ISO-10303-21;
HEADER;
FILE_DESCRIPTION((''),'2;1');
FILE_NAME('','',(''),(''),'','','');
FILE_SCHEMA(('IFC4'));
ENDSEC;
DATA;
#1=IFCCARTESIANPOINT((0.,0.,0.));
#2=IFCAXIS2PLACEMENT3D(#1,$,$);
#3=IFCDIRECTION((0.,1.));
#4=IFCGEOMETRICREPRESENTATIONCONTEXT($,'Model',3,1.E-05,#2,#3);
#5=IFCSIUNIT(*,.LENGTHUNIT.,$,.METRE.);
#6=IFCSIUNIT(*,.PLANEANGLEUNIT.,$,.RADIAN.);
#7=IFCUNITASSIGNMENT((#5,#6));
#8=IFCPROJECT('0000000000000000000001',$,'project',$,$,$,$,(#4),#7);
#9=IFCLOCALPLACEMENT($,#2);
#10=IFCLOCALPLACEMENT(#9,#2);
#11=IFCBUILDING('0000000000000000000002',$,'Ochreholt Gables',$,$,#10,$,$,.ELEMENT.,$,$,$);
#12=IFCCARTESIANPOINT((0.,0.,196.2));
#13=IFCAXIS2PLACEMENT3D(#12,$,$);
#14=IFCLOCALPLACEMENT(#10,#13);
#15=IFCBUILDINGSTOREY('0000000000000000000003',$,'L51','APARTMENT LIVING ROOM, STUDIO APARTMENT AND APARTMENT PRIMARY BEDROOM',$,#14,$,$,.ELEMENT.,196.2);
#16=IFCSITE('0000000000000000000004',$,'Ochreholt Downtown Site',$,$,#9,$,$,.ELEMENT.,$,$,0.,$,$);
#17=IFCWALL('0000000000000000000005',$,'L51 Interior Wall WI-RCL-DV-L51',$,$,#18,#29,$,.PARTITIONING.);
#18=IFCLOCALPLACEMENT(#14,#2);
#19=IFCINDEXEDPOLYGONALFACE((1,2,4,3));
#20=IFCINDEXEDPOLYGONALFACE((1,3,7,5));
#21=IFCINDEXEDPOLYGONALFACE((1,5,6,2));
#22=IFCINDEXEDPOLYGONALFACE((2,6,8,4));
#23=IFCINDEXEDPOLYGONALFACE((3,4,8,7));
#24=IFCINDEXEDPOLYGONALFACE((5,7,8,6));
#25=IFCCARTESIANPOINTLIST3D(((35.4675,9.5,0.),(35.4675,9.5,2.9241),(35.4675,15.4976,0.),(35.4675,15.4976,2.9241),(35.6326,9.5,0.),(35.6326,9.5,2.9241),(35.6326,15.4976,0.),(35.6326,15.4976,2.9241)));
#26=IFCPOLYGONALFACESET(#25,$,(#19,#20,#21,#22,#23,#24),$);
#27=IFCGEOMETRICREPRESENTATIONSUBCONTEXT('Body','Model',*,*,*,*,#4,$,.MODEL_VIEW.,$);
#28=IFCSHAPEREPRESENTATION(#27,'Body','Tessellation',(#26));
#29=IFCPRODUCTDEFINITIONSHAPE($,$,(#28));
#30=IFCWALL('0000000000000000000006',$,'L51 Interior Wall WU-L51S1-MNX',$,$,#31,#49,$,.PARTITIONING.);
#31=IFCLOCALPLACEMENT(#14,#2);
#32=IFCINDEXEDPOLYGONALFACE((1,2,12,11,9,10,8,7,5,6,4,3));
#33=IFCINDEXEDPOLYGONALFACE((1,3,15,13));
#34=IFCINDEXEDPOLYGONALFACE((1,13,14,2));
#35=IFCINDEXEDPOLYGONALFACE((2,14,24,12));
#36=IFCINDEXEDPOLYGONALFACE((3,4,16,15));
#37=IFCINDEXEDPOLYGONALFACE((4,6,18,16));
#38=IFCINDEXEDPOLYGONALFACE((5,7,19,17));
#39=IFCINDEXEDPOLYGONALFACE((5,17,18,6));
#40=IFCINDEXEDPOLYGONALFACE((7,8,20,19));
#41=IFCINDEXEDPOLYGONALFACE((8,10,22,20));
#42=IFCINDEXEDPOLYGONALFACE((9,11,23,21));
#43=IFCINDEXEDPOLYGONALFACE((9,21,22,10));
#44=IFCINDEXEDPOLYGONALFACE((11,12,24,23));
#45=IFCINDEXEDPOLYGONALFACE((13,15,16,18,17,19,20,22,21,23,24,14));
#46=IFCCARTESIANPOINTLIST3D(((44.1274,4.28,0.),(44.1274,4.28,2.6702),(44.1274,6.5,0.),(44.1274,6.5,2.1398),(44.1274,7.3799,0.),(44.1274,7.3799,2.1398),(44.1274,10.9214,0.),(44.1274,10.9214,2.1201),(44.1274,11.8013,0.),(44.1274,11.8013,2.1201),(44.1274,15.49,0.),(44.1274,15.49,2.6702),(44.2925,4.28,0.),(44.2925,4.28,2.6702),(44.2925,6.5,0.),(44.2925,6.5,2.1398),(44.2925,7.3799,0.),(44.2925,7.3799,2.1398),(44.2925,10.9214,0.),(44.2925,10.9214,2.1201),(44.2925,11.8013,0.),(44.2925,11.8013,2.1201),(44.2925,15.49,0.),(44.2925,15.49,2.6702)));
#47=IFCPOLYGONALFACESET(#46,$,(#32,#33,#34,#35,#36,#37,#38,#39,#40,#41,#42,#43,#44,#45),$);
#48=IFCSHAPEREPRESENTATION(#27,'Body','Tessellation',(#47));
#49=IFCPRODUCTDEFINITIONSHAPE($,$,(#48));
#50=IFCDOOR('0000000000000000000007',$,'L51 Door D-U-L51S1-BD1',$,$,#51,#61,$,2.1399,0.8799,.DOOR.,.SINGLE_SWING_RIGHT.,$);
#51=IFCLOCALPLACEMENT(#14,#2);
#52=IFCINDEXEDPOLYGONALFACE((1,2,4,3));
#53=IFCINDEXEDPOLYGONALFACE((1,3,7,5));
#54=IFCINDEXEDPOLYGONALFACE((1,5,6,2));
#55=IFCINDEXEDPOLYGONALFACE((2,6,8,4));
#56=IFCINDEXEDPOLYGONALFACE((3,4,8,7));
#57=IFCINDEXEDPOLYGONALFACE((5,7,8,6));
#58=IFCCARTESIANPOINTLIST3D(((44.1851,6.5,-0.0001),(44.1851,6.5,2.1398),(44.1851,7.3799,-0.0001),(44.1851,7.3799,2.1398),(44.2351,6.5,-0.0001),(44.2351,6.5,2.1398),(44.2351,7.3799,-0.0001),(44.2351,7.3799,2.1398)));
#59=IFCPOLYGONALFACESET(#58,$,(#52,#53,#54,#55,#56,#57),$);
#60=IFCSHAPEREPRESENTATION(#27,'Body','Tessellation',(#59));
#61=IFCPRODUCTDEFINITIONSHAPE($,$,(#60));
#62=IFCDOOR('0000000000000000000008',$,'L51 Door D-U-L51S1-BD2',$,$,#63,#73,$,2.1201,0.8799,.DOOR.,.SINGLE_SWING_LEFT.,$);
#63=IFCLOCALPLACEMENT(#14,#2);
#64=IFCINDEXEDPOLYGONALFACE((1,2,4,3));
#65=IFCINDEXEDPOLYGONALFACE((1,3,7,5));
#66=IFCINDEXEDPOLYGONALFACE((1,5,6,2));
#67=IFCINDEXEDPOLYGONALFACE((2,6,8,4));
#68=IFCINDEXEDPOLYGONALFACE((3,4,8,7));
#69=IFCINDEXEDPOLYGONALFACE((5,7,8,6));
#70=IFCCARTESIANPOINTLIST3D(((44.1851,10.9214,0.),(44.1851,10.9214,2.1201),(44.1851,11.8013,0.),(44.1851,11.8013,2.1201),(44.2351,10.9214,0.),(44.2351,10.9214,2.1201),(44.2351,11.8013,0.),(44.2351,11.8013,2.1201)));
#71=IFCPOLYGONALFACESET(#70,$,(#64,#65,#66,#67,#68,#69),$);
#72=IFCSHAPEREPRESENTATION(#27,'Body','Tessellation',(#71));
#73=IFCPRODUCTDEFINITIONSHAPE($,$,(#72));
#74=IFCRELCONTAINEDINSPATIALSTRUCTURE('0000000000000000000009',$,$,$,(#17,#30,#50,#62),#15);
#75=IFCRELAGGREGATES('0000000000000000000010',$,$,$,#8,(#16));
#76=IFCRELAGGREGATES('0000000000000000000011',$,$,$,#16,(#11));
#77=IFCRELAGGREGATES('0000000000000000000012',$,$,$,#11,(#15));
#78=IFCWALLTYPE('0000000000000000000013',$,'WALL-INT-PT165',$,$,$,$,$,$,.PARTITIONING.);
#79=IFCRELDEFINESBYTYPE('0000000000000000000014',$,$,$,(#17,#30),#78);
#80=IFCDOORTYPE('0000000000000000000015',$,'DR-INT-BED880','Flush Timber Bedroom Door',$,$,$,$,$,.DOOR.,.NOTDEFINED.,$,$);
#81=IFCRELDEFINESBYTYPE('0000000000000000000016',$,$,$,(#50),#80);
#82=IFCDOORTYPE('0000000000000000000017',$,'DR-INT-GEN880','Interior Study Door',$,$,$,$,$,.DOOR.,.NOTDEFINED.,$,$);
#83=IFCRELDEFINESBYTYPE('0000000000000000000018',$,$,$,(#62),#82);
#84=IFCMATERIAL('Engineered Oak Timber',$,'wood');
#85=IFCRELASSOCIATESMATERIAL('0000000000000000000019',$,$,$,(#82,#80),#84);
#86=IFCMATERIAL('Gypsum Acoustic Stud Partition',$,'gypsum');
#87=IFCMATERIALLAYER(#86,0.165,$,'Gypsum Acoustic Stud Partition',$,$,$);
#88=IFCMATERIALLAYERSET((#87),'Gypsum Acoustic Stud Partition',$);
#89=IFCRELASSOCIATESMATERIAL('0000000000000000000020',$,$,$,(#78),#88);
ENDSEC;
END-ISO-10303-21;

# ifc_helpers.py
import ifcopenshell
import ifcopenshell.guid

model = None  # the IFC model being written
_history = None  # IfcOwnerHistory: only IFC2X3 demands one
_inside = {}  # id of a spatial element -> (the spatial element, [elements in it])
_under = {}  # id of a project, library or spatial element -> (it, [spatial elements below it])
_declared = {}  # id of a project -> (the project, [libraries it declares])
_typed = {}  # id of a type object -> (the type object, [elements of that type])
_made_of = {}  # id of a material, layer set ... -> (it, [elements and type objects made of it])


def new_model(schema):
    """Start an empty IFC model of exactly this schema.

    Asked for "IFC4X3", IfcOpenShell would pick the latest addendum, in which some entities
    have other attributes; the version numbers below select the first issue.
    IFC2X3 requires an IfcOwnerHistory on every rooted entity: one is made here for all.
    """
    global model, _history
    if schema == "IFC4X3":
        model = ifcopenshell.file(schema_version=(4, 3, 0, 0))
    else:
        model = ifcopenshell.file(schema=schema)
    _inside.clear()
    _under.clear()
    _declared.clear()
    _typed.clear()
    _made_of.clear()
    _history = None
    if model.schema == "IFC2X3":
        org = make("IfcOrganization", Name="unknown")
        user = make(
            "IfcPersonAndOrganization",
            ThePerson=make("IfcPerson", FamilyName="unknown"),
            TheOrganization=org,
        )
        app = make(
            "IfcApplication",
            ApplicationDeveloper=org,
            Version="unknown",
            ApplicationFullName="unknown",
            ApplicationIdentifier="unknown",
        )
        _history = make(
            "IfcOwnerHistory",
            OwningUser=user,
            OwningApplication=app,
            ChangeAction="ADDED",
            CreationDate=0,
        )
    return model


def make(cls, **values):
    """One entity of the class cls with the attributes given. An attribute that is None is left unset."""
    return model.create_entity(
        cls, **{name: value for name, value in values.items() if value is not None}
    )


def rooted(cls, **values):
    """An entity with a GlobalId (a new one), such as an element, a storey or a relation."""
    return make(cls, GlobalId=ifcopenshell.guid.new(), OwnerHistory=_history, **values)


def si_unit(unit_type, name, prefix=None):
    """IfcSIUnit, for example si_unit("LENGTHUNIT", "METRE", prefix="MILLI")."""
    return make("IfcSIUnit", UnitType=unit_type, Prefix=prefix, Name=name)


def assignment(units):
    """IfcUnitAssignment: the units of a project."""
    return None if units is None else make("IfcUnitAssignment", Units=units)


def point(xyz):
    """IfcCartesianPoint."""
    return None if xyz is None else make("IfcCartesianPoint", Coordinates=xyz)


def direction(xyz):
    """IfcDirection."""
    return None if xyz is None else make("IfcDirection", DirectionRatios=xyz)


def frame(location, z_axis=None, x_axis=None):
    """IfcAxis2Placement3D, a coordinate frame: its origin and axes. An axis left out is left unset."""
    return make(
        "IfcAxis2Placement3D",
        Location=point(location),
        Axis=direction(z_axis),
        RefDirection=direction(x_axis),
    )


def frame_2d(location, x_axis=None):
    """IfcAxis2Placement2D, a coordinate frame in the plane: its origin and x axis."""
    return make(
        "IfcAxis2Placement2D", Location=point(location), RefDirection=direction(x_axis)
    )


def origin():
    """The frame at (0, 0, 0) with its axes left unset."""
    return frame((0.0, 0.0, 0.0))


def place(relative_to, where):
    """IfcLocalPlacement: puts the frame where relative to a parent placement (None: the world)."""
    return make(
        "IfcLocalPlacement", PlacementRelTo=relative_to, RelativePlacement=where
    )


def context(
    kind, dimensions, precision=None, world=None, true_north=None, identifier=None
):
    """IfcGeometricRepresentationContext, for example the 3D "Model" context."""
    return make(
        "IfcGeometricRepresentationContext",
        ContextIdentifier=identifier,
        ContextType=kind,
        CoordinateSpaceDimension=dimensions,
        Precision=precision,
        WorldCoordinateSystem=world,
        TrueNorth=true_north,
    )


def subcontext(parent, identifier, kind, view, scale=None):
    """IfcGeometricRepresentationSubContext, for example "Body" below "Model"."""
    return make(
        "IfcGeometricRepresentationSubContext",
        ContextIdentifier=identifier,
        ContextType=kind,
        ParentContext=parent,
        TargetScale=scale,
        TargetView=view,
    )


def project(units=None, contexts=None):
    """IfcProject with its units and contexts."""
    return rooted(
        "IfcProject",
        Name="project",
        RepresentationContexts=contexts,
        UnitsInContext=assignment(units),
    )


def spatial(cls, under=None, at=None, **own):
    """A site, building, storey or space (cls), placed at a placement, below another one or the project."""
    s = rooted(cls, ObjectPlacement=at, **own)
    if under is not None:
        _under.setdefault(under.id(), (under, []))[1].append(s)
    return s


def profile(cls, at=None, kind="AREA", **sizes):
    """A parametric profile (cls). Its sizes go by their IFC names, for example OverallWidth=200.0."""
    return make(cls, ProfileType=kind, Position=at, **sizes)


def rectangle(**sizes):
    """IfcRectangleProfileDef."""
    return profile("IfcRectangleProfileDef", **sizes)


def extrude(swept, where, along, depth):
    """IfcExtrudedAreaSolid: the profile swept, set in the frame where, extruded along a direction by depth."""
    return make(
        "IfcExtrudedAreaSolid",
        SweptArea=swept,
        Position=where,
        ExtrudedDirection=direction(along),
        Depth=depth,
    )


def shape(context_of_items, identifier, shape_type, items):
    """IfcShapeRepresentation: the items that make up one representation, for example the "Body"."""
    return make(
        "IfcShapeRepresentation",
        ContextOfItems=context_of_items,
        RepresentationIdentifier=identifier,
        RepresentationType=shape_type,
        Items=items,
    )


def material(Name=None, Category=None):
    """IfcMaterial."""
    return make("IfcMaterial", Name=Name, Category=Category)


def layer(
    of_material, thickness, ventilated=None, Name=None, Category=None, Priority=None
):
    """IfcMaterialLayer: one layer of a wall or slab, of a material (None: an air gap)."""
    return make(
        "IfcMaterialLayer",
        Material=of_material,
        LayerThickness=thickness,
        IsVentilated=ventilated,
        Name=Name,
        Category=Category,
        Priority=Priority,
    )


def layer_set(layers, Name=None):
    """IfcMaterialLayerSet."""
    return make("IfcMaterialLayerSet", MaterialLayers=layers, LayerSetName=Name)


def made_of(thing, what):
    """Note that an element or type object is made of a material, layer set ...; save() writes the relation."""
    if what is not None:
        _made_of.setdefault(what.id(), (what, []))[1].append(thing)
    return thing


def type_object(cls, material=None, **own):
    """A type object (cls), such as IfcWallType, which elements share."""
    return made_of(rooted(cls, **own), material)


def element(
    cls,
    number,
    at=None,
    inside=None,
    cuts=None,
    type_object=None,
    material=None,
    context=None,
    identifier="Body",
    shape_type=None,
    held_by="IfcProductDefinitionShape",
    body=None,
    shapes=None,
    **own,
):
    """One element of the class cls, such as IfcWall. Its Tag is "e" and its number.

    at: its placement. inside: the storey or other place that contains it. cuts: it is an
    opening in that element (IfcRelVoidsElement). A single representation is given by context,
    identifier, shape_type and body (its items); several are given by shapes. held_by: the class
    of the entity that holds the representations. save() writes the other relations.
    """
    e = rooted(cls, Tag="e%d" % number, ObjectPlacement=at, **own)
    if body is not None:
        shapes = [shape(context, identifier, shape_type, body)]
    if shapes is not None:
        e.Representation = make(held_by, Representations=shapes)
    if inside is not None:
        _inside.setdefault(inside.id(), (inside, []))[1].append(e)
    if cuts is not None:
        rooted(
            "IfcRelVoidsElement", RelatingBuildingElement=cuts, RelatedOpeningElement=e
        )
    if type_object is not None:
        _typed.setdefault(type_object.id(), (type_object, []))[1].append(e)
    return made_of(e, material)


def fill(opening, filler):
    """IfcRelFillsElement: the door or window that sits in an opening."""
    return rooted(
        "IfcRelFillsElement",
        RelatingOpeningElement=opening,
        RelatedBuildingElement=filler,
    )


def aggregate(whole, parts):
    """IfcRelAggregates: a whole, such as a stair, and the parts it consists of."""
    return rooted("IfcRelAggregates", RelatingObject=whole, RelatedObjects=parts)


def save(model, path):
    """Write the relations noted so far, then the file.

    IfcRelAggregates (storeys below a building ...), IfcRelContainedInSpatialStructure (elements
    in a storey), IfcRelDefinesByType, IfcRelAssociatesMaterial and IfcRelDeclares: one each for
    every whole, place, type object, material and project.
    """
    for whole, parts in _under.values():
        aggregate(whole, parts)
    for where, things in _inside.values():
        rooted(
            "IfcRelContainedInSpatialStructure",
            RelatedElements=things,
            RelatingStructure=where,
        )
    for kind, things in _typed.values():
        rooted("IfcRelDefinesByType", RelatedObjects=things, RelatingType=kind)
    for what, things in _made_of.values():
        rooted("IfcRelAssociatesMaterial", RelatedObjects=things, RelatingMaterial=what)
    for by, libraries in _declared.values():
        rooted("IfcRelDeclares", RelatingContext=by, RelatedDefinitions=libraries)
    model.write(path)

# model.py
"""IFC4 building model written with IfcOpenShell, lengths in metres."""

from ifc_helpers import new_model, si_unit, direction, frame, frame_2d, origin, place, context, subcontext, project, spatial, rectangle, extrude, material, layer, layer_set, type_object, element, fill, save


model = new_model("IFC4")

# Units and contexts
model_context = context("Model", 3, precision=1e-05, world=origin(), true_north=direction((0.0, 1.0)))
body_context = subcontext(model_context, "Body", "Model", "MODEL_VIEW")
ifc_project = project(units=[si_unit("LENGTHUNIT", "METRE"), si_unit("PLANEANGLEUNIT", "RADIAN")], contexts=[model_context])

# Site, building, storey
site_placement = place(None, origin())
site = spatial("IfcSite", under=ifc_project, at=site_placement, Name="Ochreholt Downtown Site", CompositionType="ELEMENT", RefElevation=0.0)
building_placement = place(site_placement, origin())
building = spatial("IfcBuilding", under=site, at=building_placement, Name="Ochreholt Gables", CompositionType="ELEMENT")
storey_placement = place(building_placement, frame((0.0, 0.0, 196.2)))
storey = spatial("IfcBuildingStorey", under=building, at=storey_placement, Name="L51", Description="APARTMENT LIVING ROOM, STUDIO APARTMENT AND APARTMENT PRIMARY BEDROOM", CompositionType="ELEMENT", Elevation=196.2)

# Shared definitions
ifc_material_1 = material(Name="Engineered Oak Timber", Category="wood")
door_type_1 = type_object("IfcDoorType", Name="DR-INT-GEN880", Description="Interior Study Door", OperationType="NOTDEFINED", PredefinedType="DOOR", material=ifc_material_1)

# Wall
ifc_material_2 = material(Name="Gypsum Acoustic Stud Partition", Category="gypsum")
ifc_layer_1 = layer(ifc_material_2, 0.165, Name="Gypsum Acoustic Stud Partition")
ifc_layer_set_1 = layer_set([ifc_layer_1], Name="Gypsum Acoustic Stud Partition")
wall_type_1 = type_object("IfcWallType", Name="WALL-INT-PT165", PredefinedType="PARTITIONING", material=ifc_layer_set_1)
wall_1_placement = place(storey_placement, frame((35.55, 9.5, 0.0), z_axis=(0.0, 0.0, 1.0), x_axis=(0.0, 1.0, 0.0)))
element("IfcWall", 1, at=wall_1_placement, inside=storey, type_object=wall_type_1, Name="L51 Interior Wall WI-RCL-DV-L51", PredefinedType="PARTITIONING", context=body_context, shape_type="SweptSolid", body=[
    extrude(rectangle(XDim=5.9976, YDim=0.165, at=frame_2d((2.9988, 0.0))), origin(), (0.0, 0.0, 1.0), 2.9241),
])

# Wall, openings, doors
wall_2_placement = place(storey_placement, frame((44.21, 4.28, 0.0), z_axis=(0.0, 0.0, 1.0), x_axis=(0.0, 1.0, 0.0)))
wall_2 = element("IfcWall", 2, at=wall_2_placement, inside=storey, type_object=wall_type_1, Name="L51 Interior Wall WU-L51S1-MNX", PredefinedType="PARTITIONING", context=body_context, shape_type="SweptSolid", body=[
    extrude(rectangle(XDim=11.21, YDim=0.165, at=frame_2d((5.605, 0.0))), origin(), (0.0, 0.0, 1.0), 2.6702),
])
opening_1_placement = place(wall_2_placement, frame((2.22, 0.0, 0.0)))
opening_1 = element("IfcOpeningElement", 3, at=opening_1_placement, cuts=wall_2, PredefinedType="OPENING", context=body_context, shape_type="SweptSolid", body=[
    extrude(rectangle(XDim=0.8799, YDim=2.1399, at=frame_2d((0.4399, 1.0698))), frame((0.0, 0.0925, 0.0), z_axis=(0.0, -1.0, 0.0), x_axis=(1.0, 0.0, 0.0)), (0.0, 0.0, 1.0), 0.1851),
])
opening_2_placement = place(wall_2_placement, frame((6.6414, 0.0, 0.0)))
opening_2 = element("IfcOpeningElement", 4, at=opening_2_placement, cuts=wall_2, PredefinedType="OPENING", context=body_context, shape_type="SweptSolid", body=[
    extrude(rectangle(XDim=0.8799, YDim=2.1201, at=frame_2d((0.4399, 1.0601))), frame((0.0, 0.0925, 0.0), z_axis=(0.0, -1.0, 0.0), x_axis=(1.0, 0.0, 0.0)), (0.0, 0.0, 1.0), 0.1851),
])
door_type_2 = type_object("IfcDoorType", Name="DR-INT-BED880", Description="Flush Timber Bedroom Door", OperationType="NOTDEFINED", PredefinedType="DOOR", material=ifc_material_1)
door_1_placement = place(opening_1_placement, origin())
door_1 = element("IfcDoor", 5, at=door_1_placement, inside=storey, type_object=door_type_2, Name="L51 Door D-U-L51S1-BD1", OperationType="SINGLE_SWING_RIGHT", OverallHeight=2.1399, OverallWidth=0.8799, PredefinedType="DOOR", context=body_context, shape_type="SweptSolid", body=[
    extrude(rectangle(XDim=0.8799, YDim=2.1399, at=frame_2d((0.4399, 1.0698))), frame((0.0, 0.0249, 0.0), z_axis=(0.0, -1.0, 0.0), x_axis=(1.0, 0.0, 0.0)), (0.0, 0.0, 1.0), 0.05),
])
fill(opening_1, door_1)
door_2_placement = place(opening_2_placement, origin())
door_2 = element("IfcDoor", 6, at=door_2_placement, inside=storey, type_object=door_type_1, Name="L51 Door D-U-L51S1-BD2", OperationType="SINGLE_SWING_LEFT", OverallHeight=2.1201, OverallWidth=0.8799, PredefinedType="DOOR", context=body_context, shape_type="SweptSolid", body=[
    extrude(rectangle(XDim=0.8799, YDim=2.1201, at=frame_2d((0.4399, 1.0601))), frame((0.0, 0.0249, 0.0), z_axis=(0.0, -1.0, 0.0), x_axis=(1.0, 0.0, 0.0)), (0.0, 0.0, 1.0), 0.05),
])
fill(opening_2, door_2)

save(model, "model.ifc")
